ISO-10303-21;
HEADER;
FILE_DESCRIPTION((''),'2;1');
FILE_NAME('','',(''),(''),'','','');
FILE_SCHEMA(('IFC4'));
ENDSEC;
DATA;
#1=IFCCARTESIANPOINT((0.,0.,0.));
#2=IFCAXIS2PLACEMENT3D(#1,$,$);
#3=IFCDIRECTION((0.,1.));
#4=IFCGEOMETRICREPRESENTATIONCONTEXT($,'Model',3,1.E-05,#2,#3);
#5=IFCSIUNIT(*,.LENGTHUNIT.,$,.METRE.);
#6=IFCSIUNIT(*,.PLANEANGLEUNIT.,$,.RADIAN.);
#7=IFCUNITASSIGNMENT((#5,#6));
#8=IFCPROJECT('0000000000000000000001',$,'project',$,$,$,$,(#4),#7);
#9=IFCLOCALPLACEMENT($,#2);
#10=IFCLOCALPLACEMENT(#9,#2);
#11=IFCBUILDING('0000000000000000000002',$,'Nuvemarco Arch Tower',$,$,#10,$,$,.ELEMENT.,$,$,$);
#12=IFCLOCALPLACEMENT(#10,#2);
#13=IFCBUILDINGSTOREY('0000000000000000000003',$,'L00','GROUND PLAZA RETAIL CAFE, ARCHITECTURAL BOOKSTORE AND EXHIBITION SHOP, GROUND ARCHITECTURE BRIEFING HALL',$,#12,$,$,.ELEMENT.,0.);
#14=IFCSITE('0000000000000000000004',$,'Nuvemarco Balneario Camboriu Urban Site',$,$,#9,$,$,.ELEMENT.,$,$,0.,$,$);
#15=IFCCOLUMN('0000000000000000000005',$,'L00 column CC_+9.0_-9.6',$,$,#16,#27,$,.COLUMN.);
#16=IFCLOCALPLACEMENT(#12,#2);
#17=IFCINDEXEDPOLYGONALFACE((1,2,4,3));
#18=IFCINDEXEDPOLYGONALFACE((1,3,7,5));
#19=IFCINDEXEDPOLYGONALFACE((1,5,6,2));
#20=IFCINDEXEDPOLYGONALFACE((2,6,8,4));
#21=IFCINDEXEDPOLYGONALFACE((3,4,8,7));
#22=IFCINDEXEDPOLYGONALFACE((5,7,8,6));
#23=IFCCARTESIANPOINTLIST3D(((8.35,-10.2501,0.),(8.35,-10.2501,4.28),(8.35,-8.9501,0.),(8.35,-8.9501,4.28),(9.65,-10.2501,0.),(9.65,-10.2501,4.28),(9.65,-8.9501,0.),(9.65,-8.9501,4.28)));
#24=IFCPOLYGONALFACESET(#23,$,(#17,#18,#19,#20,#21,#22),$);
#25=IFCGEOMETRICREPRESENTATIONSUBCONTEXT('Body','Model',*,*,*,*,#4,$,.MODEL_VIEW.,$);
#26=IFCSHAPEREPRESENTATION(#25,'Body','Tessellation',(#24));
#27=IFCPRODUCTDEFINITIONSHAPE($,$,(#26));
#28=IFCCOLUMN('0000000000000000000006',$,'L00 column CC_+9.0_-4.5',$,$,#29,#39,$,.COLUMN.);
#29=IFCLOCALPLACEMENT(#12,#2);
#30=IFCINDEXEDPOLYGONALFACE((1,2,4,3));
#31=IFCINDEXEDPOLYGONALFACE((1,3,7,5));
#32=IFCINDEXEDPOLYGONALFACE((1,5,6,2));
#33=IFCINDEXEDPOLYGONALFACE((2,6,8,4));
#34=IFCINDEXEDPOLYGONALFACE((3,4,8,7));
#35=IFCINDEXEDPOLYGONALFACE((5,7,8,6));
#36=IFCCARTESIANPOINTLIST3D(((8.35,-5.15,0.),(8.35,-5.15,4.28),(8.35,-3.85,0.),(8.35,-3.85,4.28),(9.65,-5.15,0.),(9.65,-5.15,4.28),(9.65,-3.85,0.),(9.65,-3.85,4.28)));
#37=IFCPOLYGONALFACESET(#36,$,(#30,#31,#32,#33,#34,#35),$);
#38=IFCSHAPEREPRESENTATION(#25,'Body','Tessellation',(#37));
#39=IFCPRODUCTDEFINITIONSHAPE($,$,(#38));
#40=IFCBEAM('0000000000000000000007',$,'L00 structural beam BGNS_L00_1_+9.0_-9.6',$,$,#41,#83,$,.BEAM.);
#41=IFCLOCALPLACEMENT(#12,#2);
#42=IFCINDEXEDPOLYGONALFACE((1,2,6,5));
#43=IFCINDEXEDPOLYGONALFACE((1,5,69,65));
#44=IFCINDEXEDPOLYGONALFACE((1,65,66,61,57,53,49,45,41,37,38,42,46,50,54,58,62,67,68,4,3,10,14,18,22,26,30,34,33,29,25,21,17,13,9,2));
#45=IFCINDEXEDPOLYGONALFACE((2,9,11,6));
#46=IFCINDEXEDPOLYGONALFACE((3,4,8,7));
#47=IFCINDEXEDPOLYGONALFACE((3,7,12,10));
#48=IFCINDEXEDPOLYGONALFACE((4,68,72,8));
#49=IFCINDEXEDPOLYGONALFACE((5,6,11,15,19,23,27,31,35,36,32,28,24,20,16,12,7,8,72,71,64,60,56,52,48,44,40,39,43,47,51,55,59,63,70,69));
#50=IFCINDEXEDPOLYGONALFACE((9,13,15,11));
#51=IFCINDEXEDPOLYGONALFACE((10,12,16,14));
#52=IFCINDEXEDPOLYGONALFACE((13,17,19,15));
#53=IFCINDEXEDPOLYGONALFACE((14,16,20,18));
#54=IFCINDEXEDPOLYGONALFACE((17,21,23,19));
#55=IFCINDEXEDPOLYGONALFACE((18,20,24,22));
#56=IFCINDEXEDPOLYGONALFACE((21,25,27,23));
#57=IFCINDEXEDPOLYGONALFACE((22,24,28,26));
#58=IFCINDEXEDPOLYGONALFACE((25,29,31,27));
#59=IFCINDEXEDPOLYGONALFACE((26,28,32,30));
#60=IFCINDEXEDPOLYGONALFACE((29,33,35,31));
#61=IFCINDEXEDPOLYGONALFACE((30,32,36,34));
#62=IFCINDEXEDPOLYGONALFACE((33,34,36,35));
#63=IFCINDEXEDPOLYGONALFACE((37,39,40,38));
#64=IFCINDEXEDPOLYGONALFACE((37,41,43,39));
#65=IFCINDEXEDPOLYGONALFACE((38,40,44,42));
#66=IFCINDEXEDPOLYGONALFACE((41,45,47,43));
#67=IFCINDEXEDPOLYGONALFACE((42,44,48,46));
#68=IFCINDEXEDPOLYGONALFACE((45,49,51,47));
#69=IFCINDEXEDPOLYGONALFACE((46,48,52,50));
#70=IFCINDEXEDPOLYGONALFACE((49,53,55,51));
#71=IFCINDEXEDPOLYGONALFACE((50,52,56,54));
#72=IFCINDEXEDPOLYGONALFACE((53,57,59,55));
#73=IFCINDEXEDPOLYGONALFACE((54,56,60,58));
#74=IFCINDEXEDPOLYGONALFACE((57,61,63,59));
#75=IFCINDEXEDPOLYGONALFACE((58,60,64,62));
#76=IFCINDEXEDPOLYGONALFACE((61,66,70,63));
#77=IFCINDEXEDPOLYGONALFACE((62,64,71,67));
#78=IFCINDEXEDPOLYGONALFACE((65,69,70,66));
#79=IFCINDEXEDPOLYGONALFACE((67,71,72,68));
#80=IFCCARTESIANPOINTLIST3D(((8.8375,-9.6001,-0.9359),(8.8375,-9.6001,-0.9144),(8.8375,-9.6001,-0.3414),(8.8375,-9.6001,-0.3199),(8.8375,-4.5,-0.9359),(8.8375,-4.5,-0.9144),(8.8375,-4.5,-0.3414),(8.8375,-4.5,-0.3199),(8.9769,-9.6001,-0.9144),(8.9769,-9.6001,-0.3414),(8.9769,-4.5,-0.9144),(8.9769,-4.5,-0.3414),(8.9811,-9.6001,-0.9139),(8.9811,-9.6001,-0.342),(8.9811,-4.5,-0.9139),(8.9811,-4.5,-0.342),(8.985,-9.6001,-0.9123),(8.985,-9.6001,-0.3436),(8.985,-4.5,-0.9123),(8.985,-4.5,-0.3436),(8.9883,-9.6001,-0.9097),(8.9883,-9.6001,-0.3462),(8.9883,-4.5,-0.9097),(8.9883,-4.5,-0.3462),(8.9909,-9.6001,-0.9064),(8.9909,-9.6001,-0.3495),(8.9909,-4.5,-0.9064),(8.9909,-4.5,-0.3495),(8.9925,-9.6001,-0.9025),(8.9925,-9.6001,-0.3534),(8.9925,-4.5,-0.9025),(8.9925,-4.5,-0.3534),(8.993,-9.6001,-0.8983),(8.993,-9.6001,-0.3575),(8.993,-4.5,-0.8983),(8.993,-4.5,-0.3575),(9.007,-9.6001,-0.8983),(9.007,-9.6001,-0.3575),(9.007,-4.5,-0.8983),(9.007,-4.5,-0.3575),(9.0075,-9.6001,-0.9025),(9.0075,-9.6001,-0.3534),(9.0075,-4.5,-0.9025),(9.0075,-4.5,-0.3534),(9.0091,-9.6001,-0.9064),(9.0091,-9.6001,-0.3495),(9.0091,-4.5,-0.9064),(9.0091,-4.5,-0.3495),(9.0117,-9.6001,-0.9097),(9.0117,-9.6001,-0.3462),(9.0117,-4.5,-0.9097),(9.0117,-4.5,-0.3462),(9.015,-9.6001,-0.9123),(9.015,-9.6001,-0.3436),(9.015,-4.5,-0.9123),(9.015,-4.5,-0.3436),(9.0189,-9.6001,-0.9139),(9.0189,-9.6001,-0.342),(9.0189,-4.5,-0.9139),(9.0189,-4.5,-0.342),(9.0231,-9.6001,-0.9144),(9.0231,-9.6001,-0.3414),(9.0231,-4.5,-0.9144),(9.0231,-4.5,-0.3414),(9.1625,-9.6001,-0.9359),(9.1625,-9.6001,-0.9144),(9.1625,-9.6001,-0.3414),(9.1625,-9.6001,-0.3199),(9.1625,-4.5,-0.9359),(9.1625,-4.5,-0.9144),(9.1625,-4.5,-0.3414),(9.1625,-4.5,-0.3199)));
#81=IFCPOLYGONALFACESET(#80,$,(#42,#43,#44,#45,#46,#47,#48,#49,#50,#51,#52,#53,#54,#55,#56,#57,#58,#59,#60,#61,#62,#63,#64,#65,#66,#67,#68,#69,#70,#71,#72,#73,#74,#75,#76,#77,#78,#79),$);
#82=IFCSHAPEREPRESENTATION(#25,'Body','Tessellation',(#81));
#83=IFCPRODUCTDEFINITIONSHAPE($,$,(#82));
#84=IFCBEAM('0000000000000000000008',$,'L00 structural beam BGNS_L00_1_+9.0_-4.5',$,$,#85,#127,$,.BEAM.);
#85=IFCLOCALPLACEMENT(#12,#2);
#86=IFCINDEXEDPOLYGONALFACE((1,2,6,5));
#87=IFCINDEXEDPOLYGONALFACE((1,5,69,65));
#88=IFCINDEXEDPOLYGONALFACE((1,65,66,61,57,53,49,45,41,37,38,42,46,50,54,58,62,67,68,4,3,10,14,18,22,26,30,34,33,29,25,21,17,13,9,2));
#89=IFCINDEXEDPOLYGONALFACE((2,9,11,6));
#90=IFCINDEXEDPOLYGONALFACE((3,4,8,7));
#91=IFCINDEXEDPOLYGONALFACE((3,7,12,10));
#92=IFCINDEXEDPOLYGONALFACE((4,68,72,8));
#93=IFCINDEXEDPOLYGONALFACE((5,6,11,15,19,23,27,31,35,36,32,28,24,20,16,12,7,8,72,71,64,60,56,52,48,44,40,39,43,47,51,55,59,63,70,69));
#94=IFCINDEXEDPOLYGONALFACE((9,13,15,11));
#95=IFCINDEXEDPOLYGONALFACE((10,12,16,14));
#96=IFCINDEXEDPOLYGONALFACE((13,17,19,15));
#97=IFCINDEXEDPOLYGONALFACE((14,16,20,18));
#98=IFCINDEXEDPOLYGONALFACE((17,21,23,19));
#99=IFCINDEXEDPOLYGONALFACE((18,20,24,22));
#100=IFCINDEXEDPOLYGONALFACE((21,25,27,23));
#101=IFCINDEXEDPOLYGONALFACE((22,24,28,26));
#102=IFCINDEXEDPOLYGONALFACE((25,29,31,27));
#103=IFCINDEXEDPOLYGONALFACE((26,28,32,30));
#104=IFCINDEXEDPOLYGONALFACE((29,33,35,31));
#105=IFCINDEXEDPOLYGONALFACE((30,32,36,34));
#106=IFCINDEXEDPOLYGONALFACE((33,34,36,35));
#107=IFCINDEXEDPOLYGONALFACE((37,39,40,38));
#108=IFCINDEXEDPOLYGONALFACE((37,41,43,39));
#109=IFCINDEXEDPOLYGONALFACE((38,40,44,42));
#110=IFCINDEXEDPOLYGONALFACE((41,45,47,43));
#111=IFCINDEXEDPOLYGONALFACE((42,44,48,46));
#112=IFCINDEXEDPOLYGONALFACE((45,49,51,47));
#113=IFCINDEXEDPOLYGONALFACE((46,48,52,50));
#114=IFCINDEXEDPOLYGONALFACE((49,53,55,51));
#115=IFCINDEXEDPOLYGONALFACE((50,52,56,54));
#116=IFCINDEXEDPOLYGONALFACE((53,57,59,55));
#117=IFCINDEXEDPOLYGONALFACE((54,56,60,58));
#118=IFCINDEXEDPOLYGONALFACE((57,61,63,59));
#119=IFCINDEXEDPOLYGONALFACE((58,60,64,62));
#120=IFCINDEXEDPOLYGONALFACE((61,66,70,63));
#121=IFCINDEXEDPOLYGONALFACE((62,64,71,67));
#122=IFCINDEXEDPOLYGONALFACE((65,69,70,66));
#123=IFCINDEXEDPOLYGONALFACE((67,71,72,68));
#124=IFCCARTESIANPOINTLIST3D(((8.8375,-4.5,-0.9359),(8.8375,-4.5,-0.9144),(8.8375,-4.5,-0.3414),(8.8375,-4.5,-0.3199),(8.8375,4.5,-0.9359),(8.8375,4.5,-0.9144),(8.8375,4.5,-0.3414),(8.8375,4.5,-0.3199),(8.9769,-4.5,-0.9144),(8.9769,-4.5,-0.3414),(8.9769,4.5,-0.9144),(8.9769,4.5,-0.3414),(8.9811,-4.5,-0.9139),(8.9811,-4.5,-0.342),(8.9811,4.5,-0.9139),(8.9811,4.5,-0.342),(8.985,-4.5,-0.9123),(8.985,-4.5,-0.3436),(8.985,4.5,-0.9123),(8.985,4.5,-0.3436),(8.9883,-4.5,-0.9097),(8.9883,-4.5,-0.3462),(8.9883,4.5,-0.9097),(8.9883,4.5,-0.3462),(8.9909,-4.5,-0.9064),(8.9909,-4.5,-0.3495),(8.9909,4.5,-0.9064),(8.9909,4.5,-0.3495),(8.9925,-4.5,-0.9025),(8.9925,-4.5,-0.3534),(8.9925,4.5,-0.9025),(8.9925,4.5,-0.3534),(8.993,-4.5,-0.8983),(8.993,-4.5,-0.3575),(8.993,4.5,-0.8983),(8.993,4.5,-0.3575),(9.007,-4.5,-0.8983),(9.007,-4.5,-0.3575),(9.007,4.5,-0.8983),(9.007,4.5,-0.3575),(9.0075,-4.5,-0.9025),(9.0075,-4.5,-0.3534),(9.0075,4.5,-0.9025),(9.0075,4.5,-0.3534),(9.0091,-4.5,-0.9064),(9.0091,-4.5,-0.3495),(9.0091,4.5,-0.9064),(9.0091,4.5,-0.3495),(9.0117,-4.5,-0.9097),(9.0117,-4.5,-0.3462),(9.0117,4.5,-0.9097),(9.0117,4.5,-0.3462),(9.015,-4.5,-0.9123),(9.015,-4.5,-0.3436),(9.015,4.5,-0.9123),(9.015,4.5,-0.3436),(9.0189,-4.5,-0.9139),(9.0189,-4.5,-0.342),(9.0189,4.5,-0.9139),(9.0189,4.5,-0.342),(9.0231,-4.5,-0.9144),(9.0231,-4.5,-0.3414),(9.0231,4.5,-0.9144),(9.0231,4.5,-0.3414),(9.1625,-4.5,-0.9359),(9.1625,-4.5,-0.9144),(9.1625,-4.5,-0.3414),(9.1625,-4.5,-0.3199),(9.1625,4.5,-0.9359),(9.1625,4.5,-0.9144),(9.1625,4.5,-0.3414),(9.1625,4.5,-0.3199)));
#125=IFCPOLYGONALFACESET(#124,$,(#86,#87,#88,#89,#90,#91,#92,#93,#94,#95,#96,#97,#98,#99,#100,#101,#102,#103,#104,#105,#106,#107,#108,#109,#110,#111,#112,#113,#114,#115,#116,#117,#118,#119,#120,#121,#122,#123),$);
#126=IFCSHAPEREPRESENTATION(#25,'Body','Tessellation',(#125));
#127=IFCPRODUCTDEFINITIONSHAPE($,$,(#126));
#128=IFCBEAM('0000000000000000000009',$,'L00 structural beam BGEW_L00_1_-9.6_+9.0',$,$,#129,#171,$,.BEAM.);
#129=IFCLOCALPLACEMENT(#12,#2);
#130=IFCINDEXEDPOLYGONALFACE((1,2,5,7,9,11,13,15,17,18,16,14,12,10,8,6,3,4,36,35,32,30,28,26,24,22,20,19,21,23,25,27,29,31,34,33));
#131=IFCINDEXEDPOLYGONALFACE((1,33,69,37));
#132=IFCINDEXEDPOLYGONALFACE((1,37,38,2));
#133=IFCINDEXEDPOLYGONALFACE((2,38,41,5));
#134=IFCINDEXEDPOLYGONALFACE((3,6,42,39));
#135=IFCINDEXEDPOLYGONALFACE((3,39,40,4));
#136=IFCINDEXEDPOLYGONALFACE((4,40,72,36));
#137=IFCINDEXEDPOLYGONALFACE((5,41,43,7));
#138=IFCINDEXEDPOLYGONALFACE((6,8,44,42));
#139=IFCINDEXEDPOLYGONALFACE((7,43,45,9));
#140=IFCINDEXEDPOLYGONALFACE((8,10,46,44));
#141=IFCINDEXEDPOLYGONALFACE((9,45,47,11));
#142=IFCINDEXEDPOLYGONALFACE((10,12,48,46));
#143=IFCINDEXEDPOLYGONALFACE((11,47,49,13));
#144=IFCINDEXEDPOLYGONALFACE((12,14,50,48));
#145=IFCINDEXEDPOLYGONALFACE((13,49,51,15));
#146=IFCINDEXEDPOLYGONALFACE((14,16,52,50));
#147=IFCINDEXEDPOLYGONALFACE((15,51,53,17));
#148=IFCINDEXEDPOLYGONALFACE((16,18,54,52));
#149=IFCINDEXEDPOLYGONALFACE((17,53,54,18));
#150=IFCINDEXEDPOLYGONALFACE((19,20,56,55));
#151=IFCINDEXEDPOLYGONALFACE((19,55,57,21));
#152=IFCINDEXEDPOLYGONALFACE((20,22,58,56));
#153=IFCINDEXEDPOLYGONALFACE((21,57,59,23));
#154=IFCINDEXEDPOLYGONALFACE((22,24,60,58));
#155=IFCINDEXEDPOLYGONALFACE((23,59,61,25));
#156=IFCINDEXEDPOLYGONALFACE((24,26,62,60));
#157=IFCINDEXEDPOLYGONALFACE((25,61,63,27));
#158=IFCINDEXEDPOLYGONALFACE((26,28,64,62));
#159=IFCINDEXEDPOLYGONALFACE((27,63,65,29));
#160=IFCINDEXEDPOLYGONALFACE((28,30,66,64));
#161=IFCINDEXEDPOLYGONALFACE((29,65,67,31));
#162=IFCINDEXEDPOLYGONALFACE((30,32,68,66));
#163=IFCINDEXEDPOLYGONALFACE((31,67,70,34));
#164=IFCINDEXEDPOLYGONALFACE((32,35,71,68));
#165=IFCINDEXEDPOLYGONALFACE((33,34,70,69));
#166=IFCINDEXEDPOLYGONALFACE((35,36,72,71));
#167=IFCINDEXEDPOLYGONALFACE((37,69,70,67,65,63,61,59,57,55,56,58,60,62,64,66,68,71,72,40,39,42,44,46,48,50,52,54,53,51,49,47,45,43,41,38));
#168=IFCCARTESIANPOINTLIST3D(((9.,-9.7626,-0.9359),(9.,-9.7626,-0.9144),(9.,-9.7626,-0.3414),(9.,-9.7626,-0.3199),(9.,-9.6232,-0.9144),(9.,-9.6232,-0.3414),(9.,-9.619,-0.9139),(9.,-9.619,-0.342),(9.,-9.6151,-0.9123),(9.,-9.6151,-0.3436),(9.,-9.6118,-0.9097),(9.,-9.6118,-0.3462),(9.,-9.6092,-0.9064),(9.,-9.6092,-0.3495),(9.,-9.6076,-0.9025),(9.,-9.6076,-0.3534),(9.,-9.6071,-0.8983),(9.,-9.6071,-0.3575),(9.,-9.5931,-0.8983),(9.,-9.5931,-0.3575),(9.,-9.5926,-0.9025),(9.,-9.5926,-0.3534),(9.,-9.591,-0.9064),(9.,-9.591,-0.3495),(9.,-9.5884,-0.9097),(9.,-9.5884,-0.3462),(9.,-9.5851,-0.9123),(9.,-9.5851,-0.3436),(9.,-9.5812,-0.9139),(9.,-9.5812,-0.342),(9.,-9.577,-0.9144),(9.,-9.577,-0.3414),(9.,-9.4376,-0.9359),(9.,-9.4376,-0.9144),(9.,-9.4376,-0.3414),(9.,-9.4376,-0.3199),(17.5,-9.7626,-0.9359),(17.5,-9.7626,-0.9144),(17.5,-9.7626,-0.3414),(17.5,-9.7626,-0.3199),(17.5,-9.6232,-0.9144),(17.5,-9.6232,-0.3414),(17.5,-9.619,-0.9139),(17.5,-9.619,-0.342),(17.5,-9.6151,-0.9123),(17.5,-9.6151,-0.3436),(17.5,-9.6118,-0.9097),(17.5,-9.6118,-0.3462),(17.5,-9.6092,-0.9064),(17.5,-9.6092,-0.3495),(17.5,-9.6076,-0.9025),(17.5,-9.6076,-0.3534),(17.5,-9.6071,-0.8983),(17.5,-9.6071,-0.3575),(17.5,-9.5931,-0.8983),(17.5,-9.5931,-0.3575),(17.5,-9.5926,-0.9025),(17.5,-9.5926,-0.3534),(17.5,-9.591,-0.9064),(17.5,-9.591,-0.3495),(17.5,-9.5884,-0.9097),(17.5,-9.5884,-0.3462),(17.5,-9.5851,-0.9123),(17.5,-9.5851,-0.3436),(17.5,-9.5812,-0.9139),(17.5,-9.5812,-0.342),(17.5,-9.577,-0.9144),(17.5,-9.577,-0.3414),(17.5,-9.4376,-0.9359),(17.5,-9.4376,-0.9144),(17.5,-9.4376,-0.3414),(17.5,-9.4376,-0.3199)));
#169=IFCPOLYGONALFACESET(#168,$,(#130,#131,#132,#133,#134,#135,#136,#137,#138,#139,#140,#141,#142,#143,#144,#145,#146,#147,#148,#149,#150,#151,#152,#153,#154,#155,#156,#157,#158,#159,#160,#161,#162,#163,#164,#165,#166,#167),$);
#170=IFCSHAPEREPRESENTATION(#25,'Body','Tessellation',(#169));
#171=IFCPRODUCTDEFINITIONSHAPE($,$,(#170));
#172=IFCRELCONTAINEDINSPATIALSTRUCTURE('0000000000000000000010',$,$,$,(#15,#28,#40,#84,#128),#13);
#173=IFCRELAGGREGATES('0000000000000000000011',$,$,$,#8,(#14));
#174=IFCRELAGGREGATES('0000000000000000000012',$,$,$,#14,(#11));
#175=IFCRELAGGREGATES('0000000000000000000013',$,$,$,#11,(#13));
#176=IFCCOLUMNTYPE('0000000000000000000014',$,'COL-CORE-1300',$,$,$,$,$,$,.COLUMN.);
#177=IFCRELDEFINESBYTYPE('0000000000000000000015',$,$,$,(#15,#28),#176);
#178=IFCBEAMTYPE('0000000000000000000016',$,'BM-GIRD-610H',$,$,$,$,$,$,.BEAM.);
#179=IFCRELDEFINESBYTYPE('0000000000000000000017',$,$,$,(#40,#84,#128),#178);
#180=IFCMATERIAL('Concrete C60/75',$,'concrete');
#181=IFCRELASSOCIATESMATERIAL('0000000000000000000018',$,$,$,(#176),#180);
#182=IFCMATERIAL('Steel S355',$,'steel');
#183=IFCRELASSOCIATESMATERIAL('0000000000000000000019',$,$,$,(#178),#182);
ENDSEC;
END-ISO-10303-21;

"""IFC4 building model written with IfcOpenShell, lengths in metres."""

from ifc_helpers import new_model, si_unit, direction, frame, origin, origin_2d, place, context, subcontext, project, spatial, rectangle, i_section, extrude, material, material_profile, profile_set, type_object, element, save


model = new_model("IFC4")

# Units and contexts
model_context = context("Model", 3, precision=1e-05, world=origin(), true_north=direction((0.0, 1.0)))
body_context = subcontext(model_context, "Body", "Model", "MODEL_VIEW")
ifc_project = project(units=[si_unit("LENGTHUNIT", "METRE"), si_unit("PLANEANGLEUNIT", "RADIAN")], contexts=[model_context])

# Site, building, storey
site_placement = place(None, origin())
site = spatial("IfcSite", under=ifc_project, at=site_placement, Name="Nuvemarco Balneario Camboriu Urban Site", CompositionType="ELEMENT", RefElevation=0.0)
building_placement = place(site_placement, origin())
building = spatial("IfcBuilding", under=site, at=building_placement, Name="Nuvemarco Arch Tower", CompositionType="ELEMENT")
storey_placement = place(building_placement, origin())
storey = spatial("IfcBuildingStorey", under=building, at=storey_placement, Name="L00", Description="GROUND PLAZA RETAIL CAFE, ARCHITECTURAL BOOKSTORE AND EXHIBITION SHOP, GROUND ARCHITECTURE BRIEFING HALL", CompositionType="ELEMENT", Elevation=0.0)

# Columns
ifc_material_1 = material(Name="Concrete C60/75", Category="concrete")
ifc_material_profile_1 = material_profile(ifc_material_1, rectangle(XDim=1.3, YDim=1.3, at=origin_2d()), Name="RC-COL-1300x1300")
ifc_profile_set_1 = profile_set([ifc_material_profile_1], Name="Concrete C60/75")
column_type = type_object("IfcColumnType", Name="COL-CORE-1300", PredefinedType="COLUMN", material=ifc_profile_set_1)
for number, where, z_axis, x_axis, name in (
    (1, (9.0, -9.6001, 0.0), (0.0, 0.0, 1.0), (1.0, 0.0, 0.0), "L00 column CC_+9.0_-9.6"),
    (2, (9.0, -4.5, 0.0), (0.0, 0.0, 1.0), (1.0, 0.0, 0.0), "L00 column CC_+9.0_-4.5"),
):
    element("IfcColumn", number, at=place(storey_placement, frame(where, z_axis=z_axis, x_axis=x_axis)), inside=storey, type_object=column_type, Name=name, PredefinedType="COLUMN", context=body_context, shape_type="SweptSolid", body=[
        extrude(rectangle(XDim=1.3, YDim=1.3, at=origin_2d()), origin(), (0.0, 0.0, 1.0), 4.28),
    ])

# Beams
ifc_material_2 = material(Name="Steel S355", Category="steel")
ifc_material_profile_2 = material_profile(ifc_material_2, i_section(OverallWidth=0.325, OverallDepth=0.616, WebThickness=0.0139, FlangeThickness=0.0215, FilletRadius=0.0161, at=origin_2d()), Name="W610x174")
ifc_profile_set_2 = profile_set([ifc_material_profile_2], Name="Steel S355")
beam_type = type_object("IfcBeamType", Name="BM-GIRD-610H", PredefinedType="BEAM", material=ifc_profile_set_2)
beam_1_placement = place(storey_placement, frame((9.0, -9.6001, -0.6279), z_axis=(0.0, 1.0, 0.0), x_axis=(-1.0, 0.0, 0.0)))
element("IfcBeam", 3, at=beam_1_placement, inside=storey, type_object=beam_type, Name="L00 structural beam BGNS_L00_1_+9.0_-9.6", PredefinedType="BEAM", context=body_context, shape_type="SweptSolid", body=[
    extrude(i_section(OverallWidth=0.325, OverallDepth=0.616, WebThickness=0.0139, FlangeThickness=0.0215, FilletRadius=0.0161, at=origin_2d()), origin(), (0.0, 0.0, 1.0), 5.1001),
])
beam_2_placement = place(storey_placement, frame((9.0, -4.5, -0.6279), z_axis=(0.0, 1.0, 0.0), x_axis=(-1.0, 0.0, 0.0)))
element("IfcBeam", 4, at=beam_2_placement, inside=storey, type_object=beam_type, Name="L00 structural beam BGNS_L00_1_+9.0_-4.5", PredefinedType="BEAM", context=body_context, shape_type="SweptSolid", body=[
    extrude(i_section(OverallWidth=0.325, OverallDepth=0.616, WebThickness=0.0139, FlangeThickness=0.0215, FilletRadius=0.0161, at=origin_2d()), origin(), (0.0, 0.0, 1.0), 9.0),
])
for number, where, z_axis, x_axis, name in (
    (5, (9.0, -9.6001, -0.6279), (1.0, 0.0, 0.0), (0.0, 1.0, 0.0), "L00 structural beam BGEW_L00_1_-9.6_+9.0"),
):
    element("IfcBeam", number, at=place(storey_placement, frame(where, z_axis=z_axis, x_axis=x_axis)), inside=storey, type_object=beam_type, Name=name, PredefinedType="BEAM", context=body_context, shape_type="SweptSolid", body=[
        extrude(i_section(OverallWidth=0.325, OverallDepth=0.616, WebThickness=0.0139, FlangeThickness=0.0215, FilletRadius=0.0161, at=origin_2d()), origin(), (0.0, 0.0, 1.0), 8.5),
    ])

save(model, "model.ifc")
